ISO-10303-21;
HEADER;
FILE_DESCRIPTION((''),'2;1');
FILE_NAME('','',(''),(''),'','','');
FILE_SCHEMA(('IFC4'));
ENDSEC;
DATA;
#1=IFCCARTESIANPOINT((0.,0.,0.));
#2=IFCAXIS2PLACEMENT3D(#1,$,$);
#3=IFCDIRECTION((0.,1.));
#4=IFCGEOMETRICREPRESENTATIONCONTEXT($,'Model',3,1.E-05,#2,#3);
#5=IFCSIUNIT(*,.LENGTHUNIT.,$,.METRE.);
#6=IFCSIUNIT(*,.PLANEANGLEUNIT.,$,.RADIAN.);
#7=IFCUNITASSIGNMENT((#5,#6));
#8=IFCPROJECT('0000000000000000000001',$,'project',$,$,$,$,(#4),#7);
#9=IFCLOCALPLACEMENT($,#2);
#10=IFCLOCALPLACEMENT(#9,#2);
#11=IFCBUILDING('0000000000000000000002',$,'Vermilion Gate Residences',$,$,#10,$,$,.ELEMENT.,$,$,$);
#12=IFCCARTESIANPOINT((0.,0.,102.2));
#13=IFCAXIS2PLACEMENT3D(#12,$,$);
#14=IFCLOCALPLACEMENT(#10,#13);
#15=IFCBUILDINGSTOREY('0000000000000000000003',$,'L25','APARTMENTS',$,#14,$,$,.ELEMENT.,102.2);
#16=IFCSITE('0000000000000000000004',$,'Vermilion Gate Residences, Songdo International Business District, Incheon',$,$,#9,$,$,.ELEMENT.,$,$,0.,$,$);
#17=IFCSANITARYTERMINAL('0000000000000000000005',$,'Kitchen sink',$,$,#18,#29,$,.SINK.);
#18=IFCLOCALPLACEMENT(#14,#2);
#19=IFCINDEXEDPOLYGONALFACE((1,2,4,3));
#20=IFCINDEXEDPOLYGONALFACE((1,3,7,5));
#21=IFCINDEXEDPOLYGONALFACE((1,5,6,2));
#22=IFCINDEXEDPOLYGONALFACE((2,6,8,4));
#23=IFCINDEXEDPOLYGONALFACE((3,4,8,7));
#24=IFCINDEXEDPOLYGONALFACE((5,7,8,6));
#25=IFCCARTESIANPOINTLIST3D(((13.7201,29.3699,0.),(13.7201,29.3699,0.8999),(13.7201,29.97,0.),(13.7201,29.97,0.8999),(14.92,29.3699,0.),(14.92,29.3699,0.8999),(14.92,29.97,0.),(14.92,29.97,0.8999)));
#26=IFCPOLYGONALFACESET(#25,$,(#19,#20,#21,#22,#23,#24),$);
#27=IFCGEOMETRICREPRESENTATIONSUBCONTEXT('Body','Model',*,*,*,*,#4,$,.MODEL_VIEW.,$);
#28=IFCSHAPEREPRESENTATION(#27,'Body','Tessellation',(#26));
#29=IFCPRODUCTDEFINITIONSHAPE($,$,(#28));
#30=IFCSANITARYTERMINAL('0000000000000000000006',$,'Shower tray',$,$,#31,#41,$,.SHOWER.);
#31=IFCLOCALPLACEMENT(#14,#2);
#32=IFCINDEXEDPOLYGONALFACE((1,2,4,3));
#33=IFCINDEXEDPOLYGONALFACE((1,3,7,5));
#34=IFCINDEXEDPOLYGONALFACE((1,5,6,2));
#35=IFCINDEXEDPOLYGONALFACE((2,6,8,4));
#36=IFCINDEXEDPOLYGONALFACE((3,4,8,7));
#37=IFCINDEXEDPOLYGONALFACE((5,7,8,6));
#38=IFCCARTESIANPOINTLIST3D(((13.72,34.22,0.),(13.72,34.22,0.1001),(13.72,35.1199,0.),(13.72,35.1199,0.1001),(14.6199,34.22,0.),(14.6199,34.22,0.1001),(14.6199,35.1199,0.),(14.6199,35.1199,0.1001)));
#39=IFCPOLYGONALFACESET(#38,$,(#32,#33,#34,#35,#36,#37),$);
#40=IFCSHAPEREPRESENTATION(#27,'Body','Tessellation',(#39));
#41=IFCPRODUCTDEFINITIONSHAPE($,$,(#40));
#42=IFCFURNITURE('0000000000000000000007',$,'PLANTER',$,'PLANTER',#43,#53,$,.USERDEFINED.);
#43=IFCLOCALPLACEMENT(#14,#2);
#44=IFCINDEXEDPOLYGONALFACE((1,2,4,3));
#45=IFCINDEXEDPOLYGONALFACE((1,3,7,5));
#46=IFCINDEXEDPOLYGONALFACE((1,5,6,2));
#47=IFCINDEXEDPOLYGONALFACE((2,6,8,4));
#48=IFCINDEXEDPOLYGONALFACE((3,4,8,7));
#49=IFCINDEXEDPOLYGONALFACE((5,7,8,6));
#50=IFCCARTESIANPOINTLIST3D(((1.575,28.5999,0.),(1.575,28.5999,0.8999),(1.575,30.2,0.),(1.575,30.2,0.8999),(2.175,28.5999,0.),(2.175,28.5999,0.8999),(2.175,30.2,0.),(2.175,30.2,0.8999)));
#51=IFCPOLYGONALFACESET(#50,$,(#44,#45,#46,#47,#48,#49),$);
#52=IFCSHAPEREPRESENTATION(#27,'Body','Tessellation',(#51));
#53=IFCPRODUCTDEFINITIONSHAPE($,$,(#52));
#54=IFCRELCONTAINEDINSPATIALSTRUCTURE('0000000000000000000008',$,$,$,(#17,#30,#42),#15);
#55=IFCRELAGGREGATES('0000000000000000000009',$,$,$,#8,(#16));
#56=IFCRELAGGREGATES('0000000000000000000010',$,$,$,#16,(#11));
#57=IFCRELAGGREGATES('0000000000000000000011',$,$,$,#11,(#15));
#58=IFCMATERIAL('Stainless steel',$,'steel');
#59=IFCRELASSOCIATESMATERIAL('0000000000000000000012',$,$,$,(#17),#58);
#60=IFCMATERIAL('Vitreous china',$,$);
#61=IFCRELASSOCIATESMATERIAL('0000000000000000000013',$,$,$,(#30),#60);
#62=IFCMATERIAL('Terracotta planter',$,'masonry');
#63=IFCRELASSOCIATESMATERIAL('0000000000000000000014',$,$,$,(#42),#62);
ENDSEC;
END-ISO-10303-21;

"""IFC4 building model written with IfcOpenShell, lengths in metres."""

from ifc_helpers import new_model, si_unit, direction, frame, origin, origin_2d, place, context, subcontext, project, spatial, rectangle, extrude, material, element, save


model = new_model("IFC4")

# Units and contexts
model_context = context("Model", 3, precision=1e-05, world=origin(), true_north=direction((0.0, 1.0)))
body_context = subcontext(model_context, "Body", "Model", "MODEL_VIEW")
ifc_project = project(units=[si_unit("LENGTHUNIT", "METRE"), si_unit("PLANEANGLEUNIT", "RADIAN")], contexts=[model_context])

# Site, building, storey
site_placement = place(None, origin())
site = spatial("IfcSite", under=ifc_project, at=site_placement, Name="Vermilion Gate Residences, Songdo International Business District, Incheon", CompositionType="ELEMENT", RefElevation=0.0)
building_placement = place(site_placement, origin())
building = spatial("IfcBuilding", under=site, at=building_placement, Name="Vermilion Gate Residences", CompositionType="ELEMENT")
storey_placement = place(building_placement, frame((0.0, 0.0, 102.2)))
storey = spatial("IfcBuildingStorey", under=building, at=storey_placement, Name="L25", Description="APARTMENTS", CompositionType="ELEMENT", Elevation=102.2)

# Sanitary terminals
ifc_material_1 = material(Name="Stainless steel", Category="steel")
sanitary_terminal_1_placement = place(storey_placement, frame((14.3201, 29.6699, 0.0), z_axis=(0.0, 0.0, 1.0), x_axis=(1.0, 0.0, 0.0)))
element("IfcSanitaryTerminal", 1, at=sanitary_terminal_1_placement, inside=storey, material=ifc_material_1, Name="Kitchen sink", PredefinedType="SINK", context=body_context, shape_type="SweptSolid", body=[
    extrude(rectangle(XDim=1.2, YDim=0.6001, at=origin_2d()), origin(), (0.0, 0.0, 1.0), 0.8999),
])
ifc_material_2 = material(Name="Vitreous china")
sanitary_terminal_2_placement = place(storey_placement, frame((14.1699, 34.6699, 0.0), z_axis=(0.0, 0.0, 1.0), x_axis=(1.0, 0.0, 0.0)))
element("IfcSanitaryTerminal", 2, at=sanitary_terminal_2_placement, inside=storey, material=ifc_material_2, Name="Shower tray", PredefinedType="SHOWER", context=body_context, shape_type="SweptSolid", body=[
    extrude(rectangle(XDim=0.8999, YDim=0.8999, at=origin_2d()), origin(), (0.0, 0.0, 1.0), 0.1001),
])

# Furniture
ifc_material_3 = material(Name="Terracotta planter", Category="masonry")
furniture_placement = place(storey_placement, frame((1.875, 29.3999, 0.0), z_axis=(0.0, 0.0, 1.0), x_axis=(0.0, -1.0, 0.0)))
element("IfcFurniture", 3, at=furniture_placement, inside=storey, material=ifc_material_3, Name="PLANTER", ObjectType="PLANTER", PredefinedType="USERDEFINED", context=body_context, shape_type="SweptSolid", body=[
    extrude(rectangle(XDim=1.6001, YDim=0.6001, at=origin_2d()), origin(), (0.0, 0.0, 1.0), 0.8999),
])

save(model, "model.ifc")
